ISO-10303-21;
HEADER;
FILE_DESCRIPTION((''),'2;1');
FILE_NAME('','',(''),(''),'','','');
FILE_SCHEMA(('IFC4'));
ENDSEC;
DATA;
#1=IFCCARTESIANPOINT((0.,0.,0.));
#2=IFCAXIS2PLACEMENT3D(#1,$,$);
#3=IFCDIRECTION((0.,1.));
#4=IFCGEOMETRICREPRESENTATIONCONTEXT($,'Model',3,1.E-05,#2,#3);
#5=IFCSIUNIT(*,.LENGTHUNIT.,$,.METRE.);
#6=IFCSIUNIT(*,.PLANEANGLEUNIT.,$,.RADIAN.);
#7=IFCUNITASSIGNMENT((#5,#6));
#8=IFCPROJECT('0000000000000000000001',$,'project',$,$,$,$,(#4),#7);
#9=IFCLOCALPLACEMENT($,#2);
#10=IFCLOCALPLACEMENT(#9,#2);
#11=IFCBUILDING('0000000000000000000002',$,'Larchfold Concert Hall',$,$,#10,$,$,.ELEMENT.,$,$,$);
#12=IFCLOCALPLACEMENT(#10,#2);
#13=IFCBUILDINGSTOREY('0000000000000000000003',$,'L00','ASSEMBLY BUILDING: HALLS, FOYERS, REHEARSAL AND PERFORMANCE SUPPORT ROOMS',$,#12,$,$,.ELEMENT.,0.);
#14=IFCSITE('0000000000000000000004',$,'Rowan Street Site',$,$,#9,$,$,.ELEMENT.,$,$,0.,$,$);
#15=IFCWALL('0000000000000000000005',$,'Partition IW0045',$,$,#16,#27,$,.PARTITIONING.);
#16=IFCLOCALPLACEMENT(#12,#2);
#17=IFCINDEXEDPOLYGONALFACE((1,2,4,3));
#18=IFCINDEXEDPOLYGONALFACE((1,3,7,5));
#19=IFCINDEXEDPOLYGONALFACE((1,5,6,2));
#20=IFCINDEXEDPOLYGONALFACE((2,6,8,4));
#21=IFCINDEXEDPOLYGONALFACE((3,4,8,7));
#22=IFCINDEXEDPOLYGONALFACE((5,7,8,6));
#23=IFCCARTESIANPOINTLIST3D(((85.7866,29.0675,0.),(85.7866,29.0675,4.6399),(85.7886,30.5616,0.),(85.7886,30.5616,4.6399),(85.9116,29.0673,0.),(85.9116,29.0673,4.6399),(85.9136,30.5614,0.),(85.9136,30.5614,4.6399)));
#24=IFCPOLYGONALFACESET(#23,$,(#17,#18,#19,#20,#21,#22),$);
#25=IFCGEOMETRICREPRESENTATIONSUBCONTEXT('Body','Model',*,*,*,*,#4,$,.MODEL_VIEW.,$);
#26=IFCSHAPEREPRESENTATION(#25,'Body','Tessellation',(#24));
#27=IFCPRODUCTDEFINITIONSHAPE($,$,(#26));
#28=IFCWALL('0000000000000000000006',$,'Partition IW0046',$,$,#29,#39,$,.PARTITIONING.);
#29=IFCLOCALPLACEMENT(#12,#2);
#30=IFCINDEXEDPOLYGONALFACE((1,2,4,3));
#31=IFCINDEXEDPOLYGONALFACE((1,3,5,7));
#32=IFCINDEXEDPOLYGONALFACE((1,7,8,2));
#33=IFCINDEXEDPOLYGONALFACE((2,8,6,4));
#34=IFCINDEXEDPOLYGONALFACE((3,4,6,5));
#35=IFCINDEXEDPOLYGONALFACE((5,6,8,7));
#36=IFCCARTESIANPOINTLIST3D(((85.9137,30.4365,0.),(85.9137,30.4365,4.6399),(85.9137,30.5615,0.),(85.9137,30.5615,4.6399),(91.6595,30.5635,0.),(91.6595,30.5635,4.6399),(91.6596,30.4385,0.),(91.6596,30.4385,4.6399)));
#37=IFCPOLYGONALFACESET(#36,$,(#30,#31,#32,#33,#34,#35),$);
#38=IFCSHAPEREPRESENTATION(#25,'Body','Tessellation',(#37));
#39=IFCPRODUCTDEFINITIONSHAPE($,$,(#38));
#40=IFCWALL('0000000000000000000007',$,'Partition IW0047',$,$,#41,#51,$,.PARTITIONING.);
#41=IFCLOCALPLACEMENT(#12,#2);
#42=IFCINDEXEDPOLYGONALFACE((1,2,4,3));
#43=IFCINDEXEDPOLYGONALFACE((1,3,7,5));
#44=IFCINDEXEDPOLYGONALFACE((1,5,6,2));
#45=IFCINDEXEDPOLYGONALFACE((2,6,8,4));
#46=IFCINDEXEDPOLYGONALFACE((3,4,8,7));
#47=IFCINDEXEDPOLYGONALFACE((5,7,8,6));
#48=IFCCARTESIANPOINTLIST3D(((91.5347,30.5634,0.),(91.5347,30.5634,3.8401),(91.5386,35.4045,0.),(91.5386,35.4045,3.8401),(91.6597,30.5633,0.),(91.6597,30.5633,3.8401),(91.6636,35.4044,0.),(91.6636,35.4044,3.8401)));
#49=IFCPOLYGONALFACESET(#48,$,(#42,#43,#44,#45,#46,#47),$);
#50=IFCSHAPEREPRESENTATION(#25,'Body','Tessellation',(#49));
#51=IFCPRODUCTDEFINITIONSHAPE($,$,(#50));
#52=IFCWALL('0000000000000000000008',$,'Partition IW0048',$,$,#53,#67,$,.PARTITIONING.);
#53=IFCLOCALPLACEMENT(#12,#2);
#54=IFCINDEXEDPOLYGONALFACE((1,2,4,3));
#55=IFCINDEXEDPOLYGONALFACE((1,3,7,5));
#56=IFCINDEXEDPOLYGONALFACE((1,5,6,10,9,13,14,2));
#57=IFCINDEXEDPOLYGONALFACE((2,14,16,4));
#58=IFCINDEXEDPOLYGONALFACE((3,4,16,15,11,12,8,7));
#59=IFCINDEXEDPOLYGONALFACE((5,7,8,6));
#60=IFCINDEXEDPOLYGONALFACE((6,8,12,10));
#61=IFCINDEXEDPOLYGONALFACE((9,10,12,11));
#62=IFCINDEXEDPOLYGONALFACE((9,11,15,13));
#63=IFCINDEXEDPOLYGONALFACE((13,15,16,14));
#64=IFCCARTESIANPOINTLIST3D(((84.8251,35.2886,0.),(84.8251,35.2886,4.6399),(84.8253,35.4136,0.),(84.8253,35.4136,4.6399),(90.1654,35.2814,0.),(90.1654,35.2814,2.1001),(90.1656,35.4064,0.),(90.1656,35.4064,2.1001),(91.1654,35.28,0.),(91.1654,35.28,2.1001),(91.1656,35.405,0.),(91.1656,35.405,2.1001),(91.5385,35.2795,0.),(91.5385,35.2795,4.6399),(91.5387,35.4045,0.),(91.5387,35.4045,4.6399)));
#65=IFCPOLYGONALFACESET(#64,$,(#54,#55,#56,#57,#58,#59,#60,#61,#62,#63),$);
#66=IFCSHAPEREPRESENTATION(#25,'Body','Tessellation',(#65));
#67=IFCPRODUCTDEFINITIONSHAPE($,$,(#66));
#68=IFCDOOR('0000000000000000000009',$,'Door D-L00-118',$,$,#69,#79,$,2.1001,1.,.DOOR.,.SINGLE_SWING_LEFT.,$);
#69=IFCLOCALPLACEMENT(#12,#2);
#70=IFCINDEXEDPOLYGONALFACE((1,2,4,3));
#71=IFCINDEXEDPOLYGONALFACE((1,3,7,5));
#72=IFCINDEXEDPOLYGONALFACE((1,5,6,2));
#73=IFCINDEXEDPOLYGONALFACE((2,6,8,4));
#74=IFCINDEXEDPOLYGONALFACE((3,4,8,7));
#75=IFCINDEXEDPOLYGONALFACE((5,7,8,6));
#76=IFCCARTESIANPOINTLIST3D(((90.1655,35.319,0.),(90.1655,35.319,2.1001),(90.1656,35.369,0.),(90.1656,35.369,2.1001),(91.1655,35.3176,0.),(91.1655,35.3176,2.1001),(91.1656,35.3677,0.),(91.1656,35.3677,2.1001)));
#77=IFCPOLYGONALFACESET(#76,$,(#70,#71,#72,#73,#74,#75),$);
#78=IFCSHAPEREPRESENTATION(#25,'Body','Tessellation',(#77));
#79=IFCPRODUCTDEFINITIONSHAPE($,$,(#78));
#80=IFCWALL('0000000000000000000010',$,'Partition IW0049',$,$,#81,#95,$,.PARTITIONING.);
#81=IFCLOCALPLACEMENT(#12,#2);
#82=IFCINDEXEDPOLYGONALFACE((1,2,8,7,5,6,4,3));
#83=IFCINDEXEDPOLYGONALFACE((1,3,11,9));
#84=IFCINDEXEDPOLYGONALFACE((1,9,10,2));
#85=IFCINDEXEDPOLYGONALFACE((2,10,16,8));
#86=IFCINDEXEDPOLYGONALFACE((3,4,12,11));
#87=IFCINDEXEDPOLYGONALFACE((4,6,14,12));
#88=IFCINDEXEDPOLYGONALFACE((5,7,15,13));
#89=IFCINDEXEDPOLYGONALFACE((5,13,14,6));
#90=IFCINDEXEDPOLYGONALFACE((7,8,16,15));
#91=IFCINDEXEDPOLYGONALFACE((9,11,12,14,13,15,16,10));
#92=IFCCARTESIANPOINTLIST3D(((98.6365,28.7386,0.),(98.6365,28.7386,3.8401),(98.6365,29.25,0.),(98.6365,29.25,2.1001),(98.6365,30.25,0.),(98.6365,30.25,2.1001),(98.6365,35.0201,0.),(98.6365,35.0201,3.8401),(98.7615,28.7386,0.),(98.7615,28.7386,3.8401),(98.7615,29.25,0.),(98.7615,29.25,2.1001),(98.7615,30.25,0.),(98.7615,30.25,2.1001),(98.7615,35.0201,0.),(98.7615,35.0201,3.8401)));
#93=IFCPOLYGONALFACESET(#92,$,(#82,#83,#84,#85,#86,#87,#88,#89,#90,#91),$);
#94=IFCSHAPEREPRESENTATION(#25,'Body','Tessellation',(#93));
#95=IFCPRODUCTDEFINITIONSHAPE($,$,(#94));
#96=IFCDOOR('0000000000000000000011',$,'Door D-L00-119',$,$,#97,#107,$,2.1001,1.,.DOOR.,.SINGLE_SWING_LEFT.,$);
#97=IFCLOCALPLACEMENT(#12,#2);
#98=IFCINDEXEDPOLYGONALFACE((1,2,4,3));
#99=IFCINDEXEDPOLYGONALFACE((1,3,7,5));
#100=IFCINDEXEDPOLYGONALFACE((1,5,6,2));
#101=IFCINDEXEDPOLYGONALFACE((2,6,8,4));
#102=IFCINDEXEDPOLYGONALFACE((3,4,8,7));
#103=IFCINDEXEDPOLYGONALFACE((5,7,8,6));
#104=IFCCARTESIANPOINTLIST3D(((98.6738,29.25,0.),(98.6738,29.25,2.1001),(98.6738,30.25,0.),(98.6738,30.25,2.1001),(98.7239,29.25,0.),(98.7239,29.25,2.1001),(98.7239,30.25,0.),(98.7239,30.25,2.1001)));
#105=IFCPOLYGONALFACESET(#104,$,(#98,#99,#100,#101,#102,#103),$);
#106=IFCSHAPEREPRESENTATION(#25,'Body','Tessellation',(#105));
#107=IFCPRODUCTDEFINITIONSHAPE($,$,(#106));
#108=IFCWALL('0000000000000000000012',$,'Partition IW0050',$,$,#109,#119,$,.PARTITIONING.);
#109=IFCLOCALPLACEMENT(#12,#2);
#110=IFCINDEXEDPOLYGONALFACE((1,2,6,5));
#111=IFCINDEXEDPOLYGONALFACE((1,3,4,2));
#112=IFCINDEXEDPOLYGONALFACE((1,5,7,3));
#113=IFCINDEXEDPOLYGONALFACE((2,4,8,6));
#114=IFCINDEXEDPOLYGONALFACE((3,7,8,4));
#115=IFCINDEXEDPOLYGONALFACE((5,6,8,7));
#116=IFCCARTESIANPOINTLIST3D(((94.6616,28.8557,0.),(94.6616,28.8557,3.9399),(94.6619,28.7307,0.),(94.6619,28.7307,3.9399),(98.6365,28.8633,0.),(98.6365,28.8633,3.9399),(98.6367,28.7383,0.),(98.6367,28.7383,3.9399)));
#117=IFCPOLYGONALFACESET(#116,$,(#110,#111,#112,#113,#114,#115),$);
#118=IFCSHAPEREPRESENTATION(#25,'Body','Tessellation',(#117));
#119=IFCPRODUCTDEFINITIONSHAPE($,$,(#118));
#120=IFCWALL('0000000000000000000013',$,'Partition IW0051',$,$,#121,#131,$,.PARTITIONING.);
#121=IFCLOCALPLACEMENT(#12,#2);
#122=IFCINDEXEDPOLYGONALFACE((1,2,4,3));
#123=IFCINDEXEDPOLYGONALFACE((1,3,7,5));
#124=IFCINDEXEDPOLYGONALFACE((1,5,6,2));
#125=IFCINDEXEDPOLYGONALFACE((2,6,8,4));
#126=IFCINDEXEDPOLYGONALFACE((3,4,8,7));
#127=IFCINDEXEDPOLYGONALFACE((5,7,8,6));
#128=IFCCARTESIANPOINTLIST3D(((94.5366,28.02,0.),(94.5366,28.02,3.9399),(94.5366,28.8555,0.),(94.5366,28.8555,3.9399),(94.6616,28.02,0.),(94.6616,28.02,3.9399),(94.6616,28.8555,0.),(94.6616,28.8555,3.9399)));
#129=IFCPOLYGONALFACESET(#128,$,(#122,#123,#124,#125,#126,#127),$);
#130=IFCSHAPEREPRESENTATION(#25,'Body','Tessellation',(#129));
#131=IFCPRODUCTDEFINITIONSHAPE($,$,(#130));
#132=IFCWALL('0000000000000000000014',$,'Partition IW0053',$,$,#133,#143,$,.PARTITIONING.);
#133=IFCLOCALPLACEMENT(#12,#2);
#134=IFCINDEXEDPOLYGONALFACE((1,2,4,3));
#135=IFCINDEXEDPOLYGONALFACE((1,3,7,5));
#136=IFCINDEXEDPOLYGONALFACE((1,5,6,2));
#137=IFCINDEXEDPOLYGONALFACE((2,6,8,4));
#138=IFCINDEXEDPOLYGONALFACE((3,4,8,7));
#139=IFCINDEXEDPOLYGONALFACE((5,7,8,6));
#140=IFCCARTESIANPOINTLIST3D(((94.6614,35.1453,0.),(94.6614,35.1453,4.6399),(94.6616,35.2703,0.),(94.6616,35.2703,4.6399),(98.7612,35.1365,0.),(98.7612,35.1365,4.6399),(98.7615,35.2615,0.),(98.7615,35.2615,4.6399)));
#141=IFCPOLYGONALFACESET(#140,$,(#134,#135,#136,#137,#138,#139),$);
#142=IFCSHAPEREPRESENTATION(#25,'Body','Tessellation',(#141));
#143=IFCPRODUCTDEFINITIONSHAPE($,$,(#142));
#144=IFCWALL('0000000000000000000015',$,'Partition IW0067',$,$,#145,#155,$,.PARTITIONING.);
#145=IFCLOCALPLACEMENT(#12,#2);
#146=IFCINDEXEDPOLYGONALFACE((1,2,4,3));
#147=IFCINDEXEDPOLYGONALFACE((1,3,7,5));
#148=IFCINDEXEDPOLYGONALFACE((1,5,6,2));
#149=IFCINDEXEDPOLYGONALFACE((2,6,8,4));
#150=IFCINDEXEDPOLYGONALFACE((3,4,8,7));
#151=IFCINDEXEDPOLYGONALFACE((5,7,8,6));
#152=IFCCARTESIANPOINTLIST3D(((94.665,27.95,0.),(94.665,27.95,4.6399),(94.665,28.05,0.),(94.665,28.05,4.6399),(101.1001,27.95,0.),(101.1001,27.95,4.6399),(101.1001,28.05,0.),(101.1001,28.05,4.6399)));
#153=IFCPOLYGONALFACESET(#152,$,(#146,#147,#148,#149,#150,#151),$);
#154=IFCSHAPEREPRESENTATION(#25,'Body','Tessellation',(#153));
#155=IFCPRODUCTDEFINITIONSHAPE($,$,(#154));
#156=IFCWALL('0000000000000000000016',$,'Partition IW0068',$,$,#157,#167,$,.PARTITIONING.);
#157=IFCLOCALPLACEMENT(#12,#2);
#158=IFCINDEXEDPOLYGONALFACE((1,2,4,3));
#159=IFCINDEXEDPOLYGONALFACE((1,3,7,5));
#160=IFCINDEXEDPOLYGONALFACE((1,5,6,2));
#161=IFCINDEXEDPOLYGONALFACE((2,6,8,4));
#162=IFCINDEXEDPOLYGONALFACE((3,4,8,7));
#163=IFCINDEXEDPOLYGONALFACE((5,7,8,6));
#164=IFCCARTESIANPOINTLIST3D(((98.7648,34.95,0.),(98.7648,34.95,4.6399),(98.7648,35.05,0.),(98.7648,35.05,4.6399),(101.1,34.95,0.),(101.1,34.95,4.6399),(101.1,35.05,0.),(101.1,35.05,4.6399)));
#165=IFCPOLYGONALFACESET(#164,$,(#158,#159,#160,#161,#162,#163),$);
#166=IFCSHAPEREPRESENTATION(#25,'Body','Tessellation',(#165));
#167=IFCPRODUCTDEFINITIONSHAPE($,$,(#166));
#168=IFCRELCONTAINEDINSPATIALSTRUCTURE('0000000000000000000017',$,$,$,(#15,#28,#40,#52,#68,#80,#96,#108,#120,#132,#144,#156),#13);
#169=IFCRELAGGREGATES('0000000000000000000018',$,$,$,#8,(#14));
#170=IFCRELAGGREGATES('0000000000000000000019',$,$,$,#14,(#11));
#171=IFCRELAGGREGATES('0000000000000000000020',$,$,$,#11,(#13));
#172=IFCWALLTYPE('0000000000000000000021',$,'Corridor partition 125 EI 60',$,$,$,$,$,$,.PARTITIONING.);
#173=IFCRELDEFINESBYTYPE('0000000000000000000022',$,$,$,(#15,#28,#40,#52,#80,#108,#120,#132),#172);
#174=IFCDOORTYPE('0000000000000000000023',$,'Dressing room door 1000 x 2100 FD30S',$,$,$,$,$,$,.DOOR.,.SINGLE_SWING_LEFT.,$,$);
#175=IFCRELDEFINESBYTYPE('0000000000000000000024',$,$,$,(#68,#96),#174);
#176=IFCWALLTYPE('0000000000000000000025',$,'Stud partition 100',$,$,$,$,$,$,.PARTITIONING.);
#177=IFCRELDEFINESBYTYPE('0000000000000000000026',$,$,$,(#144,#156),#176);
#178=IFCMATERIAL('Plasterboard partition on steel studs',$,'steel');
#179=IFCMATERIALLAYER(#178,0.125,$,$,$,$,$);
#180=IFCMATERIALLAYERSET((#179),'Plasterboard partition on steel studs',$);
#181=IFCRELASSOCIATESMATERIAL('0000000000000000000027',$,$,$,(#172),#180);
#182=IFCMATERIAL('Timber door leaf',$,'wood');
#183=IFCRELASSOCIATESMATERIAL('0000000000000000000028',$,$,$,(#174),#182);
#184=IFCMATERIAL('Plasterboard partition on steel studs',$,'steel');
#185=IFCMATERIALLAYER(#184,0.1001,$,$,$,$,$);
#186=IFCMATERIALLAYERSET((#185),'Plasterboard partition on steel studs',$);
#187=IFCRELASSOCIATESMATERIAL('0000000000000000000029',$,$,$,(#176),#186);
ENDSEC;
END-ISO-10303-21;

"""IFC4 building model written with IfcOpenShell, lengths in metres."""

from ifc_helpers import new_model, si_unit, direction, frame, frame_2d, origin, place, context, subcontext, project, spatial, rectangle, extrude, material, layer, layer_set, type_object, element, fill, save


model = new_model("IFC4")

# Units and contexts
model_context = context("Model", 3, precision=1e-05, world=origin(), true_north=direction((0.0, 1.0)))
body_context = subcontext(model_context, "Body", "Model", "MODEL_VIEW")
ifc_project = project(units=[si_unit("LENGTHUNIT", "METRE"), si_unit("PLANEANGLEUNIT", "RADIAN")], contexts=[model_context])

# Site, building, storey
site_placement = place(None, origin())
site = spatial("IfcSite", under=ifc_project, at=site_placement, Name="Rowan Street Site", CompositionType="ELEMENT", RefElevation=0.0)
building_placement = place(site_placement, origin())
building = spatial("IfcBuilding", under=site, at=building_placement, Name="Larchfold Concert Hall", CompositionType="ELEMENT")
storey_placement = place(building_placement, origin())
storey = spatial("IfcBuildingStorey", under=building, at=storey_placement, Name="L00", Description="ASSEMBLY BUILDING: HALLS, FOYERS, REHEARSAL AND PERFORMANCE SUPPORT ROOMS", CompositionType="ELEMENT", Elevation=0.0)

# Shared definitions
ifc_material_1 = material(Name="Plasterboard partition on steel studs", Category="steel")
ifc_layer_1 = layer(ifc_material_1, 0.125)
ifc_layer_set_1 = layer_set([ifc_layer_1], Name="Plasterboard partition on steel studs")
wall_type_1 = type_object("IfcWallType", Name="Corridor partition 125 EI 60", PredefinedType="PARTITIONING", material=ifc_layer_set_1)
ifc_material_2 = material(Name="Timber door leaf", Category="wood")
door_type_1 = type_object("IfcDoorType", Name="Dressing room door 1000 x 2100 FD30S", OperationType="SINGLE_SWING_LEFT", PredefinedType="DOOR", material=ifc_material_2)

# Walls
wall_1_placement = place(storey_placement, frame((85.8491, 29.0674, 0.0), z_axis=(0.0, 0.0, 1.0), x_axis=(0.001307, 0.999999, 0.0)))
element("IfcWall", 1, at=wall_1_placement, inside=storey, type_object=wall_type_1, Name="Partition IW0045", PredefinedType="PARTITIONING", context=body_context, shape_type="SweptSolid", body=[
    extrude(rectangle(XDim=1.4941, YDim=0.125, at=frame_2d((0.7471, 0.0))), origin(), (0.0, 0.0, 1.0), 4.6399),
])
wall_2_placement = place(storey_placement, frame((85.9136, 30.499, 0.0), z_axis=(0.0, 0.0, 1.0), x_axis=(1.0, 0.00034, 0.0)))
element("IfcWall", 2, at=wall_2_placement, inside=storey, type_object=wall_type_1, Name="Partition IW0046", PredefinedType="PARTITIONING", context=body_context, shape_type="SweptSolid", body=[
    extrude(rectangle(XDim=5.7458, YDim=0.125, at=frame_2d((2.873, 0.0))), origin(), (0.0, 0.0, 1.0), 4.6399),
])
wall_3_placement = place(storey_placement, frame((91.5972, 30.5635, 0.0), z_axis=(0.0, 0.0, 1.0), x_axis=(0.000807, 1.0, 0.0)))
element("IfcWall", 3, at=wall_3_placement, inside=storey, type_object=wall_type_1, Name="Partition IW0047", PredefinedType="PARTITIONING", context=body_context, shape_type="SweptSolid", body=[
    extrude(rectangle(XDim=4.8411, YDim=0.125, at=frame_2d((2.4204, 0.0))), origin(), (0.0, 0.0, 1.0), 3.8401),
])

# Walls, openings, doors
wall_4_placement = place(storey_placement, frame((91.5386, 35.342, 0.0), z_axis=(0.0, 0.0, 1.0), x_axis=(-0.999999, 0.001346, 0.0)))
wall_4 = element("IfcWall", 4, at=wall_4_placement, inside=storey, type_object=wall_type_1, Name="Partition IW0048", PredefinedType="PARTITIONING", context=body_context, shape_type="SweptSolid", body=[
    extrude(rectangle(XDim=6.7134, YDim=0.125, at=frame_2d((3.3567, 0.0))), origin(), (0.0, 0.0, 1.0), 4.6399),
])
opening_1_placement = place(wall_4_placement, frame((0.373, 0.0, 0.0)))
opening_1 = element("IfcOpeningElement", 5, at=opening_1_placement, cuts=wall_4, PredefinedType="OPENING", context=body_context, shape_type="SweptSolid", body=[
    extrude(rectangle(XDim=1.0, YDim=2.1001, at=frame_2d((0.5, 1.05))), frame((0.0, 0.0725, 0.0), z_axis=(0.0, -1.0, 0.0), x_axis=(1.0, 0.0, 0.0)), (0.0, 0.0, 1.0), 0.145),
])
door_1_placement = place(opening_1_placement, origin())
door_1 = element("IfcDoor", 6, at=door_1_placement, inside=storey, type_object=door_type_1, Name="Door D-L00-118", OperationType="SINGLE_SWING_LEFT", OverallHeight=2.1001, OverallWidth=1.0, PredefinedType="DOOR", context=body_context, shape_type="SweptSolid", body=[
    extrude(rectangle(XDim=1.0, YDim=2.1001, at=frame_2d((0.5, 1.05))), frame((0.0, 0.0249, 0.0), z_axis=(0.0, -1.0, 0.0), x_axis=(1.0, 0.0, 0.0)), (0.0, 0.0, 1.0), 0.05),
])
fill(opening_1, door_1)
wall_5_placement = place(storey_placement, frame((98.699, 35.02, 0.0), z_axis=(0.0, 0.0, 1.0), x_axis=(0.0, -1.0, 0.0)))
wall_5 = element("IfcWall", 7, at=wall_5_placement, inside=storey, type_object=wall_type_1, Name="Partition IW0049", PredefinedType="PARTITIONING", context=body_context, shape_type="SweptSolid", body=[
    extrude(rectangle(XDim=6.2815, YDim=0.125, at=frame_2d((3.1406, 0.0))), origin(), (0.0, 0.0, 1.0), 3.8401),
])
opening_2_placement = place(wall_5_placement, frame((4.77, 0.0, 0.0)))
opening_2 = element("IfcOpeningElement", 8, at=opening_2_placement, cuts=wall_5, PredefinedType="OPENING", context=body_context, shape_type="SweptSolid", body=[
    extrude(rectangle(XDim=1.0, YDim=2.1001, at=frame_2d((0.5, 1.05))), frame((0.0, 0.0725, 0.0), z_axis=(0.0, -1.0, 0.0), x_axis=(1.0, 0.0, 0.0)), (0.0, 0.0, 1.0), 0.145),
])
door_2_placement = place(opening_2_placement, origin())
door_2 = element("IfcDoor", 9, at=door_2_placement, inside=storey, type_object=door_type_1, Name="Door D-L00-119", OperationType="SINGLE_SWING_LEFT", OverallHeight=2.1001, OverallWidth=1.0, PredefinedType="DOOR", context=body_context, shape_type="SweptSolid", body=[
    extrude(rectangle(XDim=1.0, YDim=2.1001, at=frame_2d((0.5, 1.05))), frame((0.0, 0.0249, 0.0), z_axis=(0.0, -1.0, 0.0), x_axis=(1.0, 0.0, 0.0)), (0.0, 0.0, 1.0), 0.05),
])
fill(opening_2, door_2)

# Walls
wall_6_placement = place(storey_placement, frame((98.6365, 28.8008, 0.0), z_axis=(0.0, 0.0, 1.0), x_axis=(-0.999998, -0.001904, 0.0)))
element("IfcWall", 10, at=wall_6_placement, inside=storey, type_object=wall_type_1, Name="Partition IW0050", PredefinedType="PARTITIONING", context=body_context, shape_type="SweptSolid", body=[
    extrude(rectangle(XDim=3.9749, YDim=0.125, at=frame_2d((1.9873, 0.0))), origin(), (0.0, 0.0, 1.0), 3.9399),
])
wall_7_placement = place(storey_placement, frame((94.5991, 28.8555, 0.0), z_axis=(0.0, 0.0, 1.0), x_axis=(0.0, -1.0, 0.0)))
element("IfcWall", 11, at=wall_7_placement, inside=storey, type_object=wall_type_1, Name="Partition IW0051", PredefinedType="PARTITIONING", context=body_context, shape_type="SweptSolid", body=[
    extrude(rectangle(XDim=0.8354, YDim=0.125, at=frame_2d((0.4177, 0.0))), origin(), (0.0, 0.0, 1.0), 3.9399),
])
wall_8_placement = place(storey_placement, frame((94.6616, 35.2078, 0.0), z_axis=(0.0, 0.0, 1.0), x_axis=(0.999998, -0.002144, 0.0)))
element("IfcWall", 12, at=wall_8_placement, inside=storey, type_object=wall_type_1, Name="Partition IW0053", PredefinedType="PARTITIONING", context=body_context, shape_type="SweptSolid", body=[
    extrude(rectangle(XDim=4.0999, YDim=0.125, at=frame_2d((2.0498, 0.0))), origin(), (0.0, 0.0, 1.0), 4.6399),
])
ifc_material_3 = material(Name="Plasterboard partition on steel studs", Category="steel")
ifc_layer_2 = layer(ifc_material_3, 0.1001)
ifc_layer_set_2 = layer_set([ifc_layer_2], Name="Plasterboard partition on steel studs")
wall_type_2 = type_object("IfcWallType", Name="Stud partition 100", PredefinedType="PARTITIONING", material=ifc_layer_set_2)
wall_9_placement = place(storey_placement, frame((94.665, 28.0, 0.0), z_axis=(0.0, 0.0, 1.0), x_axis=(1.0, 0.0, 0.0)))
element("IfcWall", 13, at=wall_9_placement, inside=storey, type_object=wall_type_2, Name="Partition IW0067", PredefinedType="PARTITIONING", context=body_context, shape_type="SweptSolid", body=[
    extrude(rectangle(XDim=6.4351, YDim=0.1001, at=frame_2d((3.2175, 0.0))), origin(), (0.0, 0.0, 1.0), 4.6399),
])
wall_10_placement = place(storey_placement, frame((98.7649, 35.0, 0.0), z_axis=(0.0, 0.0, 1.0), x_axis=(1.0, 0.0, 0.0)))
element("IfcWall", 14, at=wall_10_placement, inside=storey, type_object=wall_type_2, Name="Partition IW0068", PredefinedType="PARTITIONING", context=body_context, shape_type="SweptSolid", body=[
    extrude(rectangle(XDim=2.3352, YDim=0.1001, at=frame_2d((1.1675, 0.0))), origin(), (0.0, 0.0, 1.0), 4.6399),
])

save(model, "model.ifc")
